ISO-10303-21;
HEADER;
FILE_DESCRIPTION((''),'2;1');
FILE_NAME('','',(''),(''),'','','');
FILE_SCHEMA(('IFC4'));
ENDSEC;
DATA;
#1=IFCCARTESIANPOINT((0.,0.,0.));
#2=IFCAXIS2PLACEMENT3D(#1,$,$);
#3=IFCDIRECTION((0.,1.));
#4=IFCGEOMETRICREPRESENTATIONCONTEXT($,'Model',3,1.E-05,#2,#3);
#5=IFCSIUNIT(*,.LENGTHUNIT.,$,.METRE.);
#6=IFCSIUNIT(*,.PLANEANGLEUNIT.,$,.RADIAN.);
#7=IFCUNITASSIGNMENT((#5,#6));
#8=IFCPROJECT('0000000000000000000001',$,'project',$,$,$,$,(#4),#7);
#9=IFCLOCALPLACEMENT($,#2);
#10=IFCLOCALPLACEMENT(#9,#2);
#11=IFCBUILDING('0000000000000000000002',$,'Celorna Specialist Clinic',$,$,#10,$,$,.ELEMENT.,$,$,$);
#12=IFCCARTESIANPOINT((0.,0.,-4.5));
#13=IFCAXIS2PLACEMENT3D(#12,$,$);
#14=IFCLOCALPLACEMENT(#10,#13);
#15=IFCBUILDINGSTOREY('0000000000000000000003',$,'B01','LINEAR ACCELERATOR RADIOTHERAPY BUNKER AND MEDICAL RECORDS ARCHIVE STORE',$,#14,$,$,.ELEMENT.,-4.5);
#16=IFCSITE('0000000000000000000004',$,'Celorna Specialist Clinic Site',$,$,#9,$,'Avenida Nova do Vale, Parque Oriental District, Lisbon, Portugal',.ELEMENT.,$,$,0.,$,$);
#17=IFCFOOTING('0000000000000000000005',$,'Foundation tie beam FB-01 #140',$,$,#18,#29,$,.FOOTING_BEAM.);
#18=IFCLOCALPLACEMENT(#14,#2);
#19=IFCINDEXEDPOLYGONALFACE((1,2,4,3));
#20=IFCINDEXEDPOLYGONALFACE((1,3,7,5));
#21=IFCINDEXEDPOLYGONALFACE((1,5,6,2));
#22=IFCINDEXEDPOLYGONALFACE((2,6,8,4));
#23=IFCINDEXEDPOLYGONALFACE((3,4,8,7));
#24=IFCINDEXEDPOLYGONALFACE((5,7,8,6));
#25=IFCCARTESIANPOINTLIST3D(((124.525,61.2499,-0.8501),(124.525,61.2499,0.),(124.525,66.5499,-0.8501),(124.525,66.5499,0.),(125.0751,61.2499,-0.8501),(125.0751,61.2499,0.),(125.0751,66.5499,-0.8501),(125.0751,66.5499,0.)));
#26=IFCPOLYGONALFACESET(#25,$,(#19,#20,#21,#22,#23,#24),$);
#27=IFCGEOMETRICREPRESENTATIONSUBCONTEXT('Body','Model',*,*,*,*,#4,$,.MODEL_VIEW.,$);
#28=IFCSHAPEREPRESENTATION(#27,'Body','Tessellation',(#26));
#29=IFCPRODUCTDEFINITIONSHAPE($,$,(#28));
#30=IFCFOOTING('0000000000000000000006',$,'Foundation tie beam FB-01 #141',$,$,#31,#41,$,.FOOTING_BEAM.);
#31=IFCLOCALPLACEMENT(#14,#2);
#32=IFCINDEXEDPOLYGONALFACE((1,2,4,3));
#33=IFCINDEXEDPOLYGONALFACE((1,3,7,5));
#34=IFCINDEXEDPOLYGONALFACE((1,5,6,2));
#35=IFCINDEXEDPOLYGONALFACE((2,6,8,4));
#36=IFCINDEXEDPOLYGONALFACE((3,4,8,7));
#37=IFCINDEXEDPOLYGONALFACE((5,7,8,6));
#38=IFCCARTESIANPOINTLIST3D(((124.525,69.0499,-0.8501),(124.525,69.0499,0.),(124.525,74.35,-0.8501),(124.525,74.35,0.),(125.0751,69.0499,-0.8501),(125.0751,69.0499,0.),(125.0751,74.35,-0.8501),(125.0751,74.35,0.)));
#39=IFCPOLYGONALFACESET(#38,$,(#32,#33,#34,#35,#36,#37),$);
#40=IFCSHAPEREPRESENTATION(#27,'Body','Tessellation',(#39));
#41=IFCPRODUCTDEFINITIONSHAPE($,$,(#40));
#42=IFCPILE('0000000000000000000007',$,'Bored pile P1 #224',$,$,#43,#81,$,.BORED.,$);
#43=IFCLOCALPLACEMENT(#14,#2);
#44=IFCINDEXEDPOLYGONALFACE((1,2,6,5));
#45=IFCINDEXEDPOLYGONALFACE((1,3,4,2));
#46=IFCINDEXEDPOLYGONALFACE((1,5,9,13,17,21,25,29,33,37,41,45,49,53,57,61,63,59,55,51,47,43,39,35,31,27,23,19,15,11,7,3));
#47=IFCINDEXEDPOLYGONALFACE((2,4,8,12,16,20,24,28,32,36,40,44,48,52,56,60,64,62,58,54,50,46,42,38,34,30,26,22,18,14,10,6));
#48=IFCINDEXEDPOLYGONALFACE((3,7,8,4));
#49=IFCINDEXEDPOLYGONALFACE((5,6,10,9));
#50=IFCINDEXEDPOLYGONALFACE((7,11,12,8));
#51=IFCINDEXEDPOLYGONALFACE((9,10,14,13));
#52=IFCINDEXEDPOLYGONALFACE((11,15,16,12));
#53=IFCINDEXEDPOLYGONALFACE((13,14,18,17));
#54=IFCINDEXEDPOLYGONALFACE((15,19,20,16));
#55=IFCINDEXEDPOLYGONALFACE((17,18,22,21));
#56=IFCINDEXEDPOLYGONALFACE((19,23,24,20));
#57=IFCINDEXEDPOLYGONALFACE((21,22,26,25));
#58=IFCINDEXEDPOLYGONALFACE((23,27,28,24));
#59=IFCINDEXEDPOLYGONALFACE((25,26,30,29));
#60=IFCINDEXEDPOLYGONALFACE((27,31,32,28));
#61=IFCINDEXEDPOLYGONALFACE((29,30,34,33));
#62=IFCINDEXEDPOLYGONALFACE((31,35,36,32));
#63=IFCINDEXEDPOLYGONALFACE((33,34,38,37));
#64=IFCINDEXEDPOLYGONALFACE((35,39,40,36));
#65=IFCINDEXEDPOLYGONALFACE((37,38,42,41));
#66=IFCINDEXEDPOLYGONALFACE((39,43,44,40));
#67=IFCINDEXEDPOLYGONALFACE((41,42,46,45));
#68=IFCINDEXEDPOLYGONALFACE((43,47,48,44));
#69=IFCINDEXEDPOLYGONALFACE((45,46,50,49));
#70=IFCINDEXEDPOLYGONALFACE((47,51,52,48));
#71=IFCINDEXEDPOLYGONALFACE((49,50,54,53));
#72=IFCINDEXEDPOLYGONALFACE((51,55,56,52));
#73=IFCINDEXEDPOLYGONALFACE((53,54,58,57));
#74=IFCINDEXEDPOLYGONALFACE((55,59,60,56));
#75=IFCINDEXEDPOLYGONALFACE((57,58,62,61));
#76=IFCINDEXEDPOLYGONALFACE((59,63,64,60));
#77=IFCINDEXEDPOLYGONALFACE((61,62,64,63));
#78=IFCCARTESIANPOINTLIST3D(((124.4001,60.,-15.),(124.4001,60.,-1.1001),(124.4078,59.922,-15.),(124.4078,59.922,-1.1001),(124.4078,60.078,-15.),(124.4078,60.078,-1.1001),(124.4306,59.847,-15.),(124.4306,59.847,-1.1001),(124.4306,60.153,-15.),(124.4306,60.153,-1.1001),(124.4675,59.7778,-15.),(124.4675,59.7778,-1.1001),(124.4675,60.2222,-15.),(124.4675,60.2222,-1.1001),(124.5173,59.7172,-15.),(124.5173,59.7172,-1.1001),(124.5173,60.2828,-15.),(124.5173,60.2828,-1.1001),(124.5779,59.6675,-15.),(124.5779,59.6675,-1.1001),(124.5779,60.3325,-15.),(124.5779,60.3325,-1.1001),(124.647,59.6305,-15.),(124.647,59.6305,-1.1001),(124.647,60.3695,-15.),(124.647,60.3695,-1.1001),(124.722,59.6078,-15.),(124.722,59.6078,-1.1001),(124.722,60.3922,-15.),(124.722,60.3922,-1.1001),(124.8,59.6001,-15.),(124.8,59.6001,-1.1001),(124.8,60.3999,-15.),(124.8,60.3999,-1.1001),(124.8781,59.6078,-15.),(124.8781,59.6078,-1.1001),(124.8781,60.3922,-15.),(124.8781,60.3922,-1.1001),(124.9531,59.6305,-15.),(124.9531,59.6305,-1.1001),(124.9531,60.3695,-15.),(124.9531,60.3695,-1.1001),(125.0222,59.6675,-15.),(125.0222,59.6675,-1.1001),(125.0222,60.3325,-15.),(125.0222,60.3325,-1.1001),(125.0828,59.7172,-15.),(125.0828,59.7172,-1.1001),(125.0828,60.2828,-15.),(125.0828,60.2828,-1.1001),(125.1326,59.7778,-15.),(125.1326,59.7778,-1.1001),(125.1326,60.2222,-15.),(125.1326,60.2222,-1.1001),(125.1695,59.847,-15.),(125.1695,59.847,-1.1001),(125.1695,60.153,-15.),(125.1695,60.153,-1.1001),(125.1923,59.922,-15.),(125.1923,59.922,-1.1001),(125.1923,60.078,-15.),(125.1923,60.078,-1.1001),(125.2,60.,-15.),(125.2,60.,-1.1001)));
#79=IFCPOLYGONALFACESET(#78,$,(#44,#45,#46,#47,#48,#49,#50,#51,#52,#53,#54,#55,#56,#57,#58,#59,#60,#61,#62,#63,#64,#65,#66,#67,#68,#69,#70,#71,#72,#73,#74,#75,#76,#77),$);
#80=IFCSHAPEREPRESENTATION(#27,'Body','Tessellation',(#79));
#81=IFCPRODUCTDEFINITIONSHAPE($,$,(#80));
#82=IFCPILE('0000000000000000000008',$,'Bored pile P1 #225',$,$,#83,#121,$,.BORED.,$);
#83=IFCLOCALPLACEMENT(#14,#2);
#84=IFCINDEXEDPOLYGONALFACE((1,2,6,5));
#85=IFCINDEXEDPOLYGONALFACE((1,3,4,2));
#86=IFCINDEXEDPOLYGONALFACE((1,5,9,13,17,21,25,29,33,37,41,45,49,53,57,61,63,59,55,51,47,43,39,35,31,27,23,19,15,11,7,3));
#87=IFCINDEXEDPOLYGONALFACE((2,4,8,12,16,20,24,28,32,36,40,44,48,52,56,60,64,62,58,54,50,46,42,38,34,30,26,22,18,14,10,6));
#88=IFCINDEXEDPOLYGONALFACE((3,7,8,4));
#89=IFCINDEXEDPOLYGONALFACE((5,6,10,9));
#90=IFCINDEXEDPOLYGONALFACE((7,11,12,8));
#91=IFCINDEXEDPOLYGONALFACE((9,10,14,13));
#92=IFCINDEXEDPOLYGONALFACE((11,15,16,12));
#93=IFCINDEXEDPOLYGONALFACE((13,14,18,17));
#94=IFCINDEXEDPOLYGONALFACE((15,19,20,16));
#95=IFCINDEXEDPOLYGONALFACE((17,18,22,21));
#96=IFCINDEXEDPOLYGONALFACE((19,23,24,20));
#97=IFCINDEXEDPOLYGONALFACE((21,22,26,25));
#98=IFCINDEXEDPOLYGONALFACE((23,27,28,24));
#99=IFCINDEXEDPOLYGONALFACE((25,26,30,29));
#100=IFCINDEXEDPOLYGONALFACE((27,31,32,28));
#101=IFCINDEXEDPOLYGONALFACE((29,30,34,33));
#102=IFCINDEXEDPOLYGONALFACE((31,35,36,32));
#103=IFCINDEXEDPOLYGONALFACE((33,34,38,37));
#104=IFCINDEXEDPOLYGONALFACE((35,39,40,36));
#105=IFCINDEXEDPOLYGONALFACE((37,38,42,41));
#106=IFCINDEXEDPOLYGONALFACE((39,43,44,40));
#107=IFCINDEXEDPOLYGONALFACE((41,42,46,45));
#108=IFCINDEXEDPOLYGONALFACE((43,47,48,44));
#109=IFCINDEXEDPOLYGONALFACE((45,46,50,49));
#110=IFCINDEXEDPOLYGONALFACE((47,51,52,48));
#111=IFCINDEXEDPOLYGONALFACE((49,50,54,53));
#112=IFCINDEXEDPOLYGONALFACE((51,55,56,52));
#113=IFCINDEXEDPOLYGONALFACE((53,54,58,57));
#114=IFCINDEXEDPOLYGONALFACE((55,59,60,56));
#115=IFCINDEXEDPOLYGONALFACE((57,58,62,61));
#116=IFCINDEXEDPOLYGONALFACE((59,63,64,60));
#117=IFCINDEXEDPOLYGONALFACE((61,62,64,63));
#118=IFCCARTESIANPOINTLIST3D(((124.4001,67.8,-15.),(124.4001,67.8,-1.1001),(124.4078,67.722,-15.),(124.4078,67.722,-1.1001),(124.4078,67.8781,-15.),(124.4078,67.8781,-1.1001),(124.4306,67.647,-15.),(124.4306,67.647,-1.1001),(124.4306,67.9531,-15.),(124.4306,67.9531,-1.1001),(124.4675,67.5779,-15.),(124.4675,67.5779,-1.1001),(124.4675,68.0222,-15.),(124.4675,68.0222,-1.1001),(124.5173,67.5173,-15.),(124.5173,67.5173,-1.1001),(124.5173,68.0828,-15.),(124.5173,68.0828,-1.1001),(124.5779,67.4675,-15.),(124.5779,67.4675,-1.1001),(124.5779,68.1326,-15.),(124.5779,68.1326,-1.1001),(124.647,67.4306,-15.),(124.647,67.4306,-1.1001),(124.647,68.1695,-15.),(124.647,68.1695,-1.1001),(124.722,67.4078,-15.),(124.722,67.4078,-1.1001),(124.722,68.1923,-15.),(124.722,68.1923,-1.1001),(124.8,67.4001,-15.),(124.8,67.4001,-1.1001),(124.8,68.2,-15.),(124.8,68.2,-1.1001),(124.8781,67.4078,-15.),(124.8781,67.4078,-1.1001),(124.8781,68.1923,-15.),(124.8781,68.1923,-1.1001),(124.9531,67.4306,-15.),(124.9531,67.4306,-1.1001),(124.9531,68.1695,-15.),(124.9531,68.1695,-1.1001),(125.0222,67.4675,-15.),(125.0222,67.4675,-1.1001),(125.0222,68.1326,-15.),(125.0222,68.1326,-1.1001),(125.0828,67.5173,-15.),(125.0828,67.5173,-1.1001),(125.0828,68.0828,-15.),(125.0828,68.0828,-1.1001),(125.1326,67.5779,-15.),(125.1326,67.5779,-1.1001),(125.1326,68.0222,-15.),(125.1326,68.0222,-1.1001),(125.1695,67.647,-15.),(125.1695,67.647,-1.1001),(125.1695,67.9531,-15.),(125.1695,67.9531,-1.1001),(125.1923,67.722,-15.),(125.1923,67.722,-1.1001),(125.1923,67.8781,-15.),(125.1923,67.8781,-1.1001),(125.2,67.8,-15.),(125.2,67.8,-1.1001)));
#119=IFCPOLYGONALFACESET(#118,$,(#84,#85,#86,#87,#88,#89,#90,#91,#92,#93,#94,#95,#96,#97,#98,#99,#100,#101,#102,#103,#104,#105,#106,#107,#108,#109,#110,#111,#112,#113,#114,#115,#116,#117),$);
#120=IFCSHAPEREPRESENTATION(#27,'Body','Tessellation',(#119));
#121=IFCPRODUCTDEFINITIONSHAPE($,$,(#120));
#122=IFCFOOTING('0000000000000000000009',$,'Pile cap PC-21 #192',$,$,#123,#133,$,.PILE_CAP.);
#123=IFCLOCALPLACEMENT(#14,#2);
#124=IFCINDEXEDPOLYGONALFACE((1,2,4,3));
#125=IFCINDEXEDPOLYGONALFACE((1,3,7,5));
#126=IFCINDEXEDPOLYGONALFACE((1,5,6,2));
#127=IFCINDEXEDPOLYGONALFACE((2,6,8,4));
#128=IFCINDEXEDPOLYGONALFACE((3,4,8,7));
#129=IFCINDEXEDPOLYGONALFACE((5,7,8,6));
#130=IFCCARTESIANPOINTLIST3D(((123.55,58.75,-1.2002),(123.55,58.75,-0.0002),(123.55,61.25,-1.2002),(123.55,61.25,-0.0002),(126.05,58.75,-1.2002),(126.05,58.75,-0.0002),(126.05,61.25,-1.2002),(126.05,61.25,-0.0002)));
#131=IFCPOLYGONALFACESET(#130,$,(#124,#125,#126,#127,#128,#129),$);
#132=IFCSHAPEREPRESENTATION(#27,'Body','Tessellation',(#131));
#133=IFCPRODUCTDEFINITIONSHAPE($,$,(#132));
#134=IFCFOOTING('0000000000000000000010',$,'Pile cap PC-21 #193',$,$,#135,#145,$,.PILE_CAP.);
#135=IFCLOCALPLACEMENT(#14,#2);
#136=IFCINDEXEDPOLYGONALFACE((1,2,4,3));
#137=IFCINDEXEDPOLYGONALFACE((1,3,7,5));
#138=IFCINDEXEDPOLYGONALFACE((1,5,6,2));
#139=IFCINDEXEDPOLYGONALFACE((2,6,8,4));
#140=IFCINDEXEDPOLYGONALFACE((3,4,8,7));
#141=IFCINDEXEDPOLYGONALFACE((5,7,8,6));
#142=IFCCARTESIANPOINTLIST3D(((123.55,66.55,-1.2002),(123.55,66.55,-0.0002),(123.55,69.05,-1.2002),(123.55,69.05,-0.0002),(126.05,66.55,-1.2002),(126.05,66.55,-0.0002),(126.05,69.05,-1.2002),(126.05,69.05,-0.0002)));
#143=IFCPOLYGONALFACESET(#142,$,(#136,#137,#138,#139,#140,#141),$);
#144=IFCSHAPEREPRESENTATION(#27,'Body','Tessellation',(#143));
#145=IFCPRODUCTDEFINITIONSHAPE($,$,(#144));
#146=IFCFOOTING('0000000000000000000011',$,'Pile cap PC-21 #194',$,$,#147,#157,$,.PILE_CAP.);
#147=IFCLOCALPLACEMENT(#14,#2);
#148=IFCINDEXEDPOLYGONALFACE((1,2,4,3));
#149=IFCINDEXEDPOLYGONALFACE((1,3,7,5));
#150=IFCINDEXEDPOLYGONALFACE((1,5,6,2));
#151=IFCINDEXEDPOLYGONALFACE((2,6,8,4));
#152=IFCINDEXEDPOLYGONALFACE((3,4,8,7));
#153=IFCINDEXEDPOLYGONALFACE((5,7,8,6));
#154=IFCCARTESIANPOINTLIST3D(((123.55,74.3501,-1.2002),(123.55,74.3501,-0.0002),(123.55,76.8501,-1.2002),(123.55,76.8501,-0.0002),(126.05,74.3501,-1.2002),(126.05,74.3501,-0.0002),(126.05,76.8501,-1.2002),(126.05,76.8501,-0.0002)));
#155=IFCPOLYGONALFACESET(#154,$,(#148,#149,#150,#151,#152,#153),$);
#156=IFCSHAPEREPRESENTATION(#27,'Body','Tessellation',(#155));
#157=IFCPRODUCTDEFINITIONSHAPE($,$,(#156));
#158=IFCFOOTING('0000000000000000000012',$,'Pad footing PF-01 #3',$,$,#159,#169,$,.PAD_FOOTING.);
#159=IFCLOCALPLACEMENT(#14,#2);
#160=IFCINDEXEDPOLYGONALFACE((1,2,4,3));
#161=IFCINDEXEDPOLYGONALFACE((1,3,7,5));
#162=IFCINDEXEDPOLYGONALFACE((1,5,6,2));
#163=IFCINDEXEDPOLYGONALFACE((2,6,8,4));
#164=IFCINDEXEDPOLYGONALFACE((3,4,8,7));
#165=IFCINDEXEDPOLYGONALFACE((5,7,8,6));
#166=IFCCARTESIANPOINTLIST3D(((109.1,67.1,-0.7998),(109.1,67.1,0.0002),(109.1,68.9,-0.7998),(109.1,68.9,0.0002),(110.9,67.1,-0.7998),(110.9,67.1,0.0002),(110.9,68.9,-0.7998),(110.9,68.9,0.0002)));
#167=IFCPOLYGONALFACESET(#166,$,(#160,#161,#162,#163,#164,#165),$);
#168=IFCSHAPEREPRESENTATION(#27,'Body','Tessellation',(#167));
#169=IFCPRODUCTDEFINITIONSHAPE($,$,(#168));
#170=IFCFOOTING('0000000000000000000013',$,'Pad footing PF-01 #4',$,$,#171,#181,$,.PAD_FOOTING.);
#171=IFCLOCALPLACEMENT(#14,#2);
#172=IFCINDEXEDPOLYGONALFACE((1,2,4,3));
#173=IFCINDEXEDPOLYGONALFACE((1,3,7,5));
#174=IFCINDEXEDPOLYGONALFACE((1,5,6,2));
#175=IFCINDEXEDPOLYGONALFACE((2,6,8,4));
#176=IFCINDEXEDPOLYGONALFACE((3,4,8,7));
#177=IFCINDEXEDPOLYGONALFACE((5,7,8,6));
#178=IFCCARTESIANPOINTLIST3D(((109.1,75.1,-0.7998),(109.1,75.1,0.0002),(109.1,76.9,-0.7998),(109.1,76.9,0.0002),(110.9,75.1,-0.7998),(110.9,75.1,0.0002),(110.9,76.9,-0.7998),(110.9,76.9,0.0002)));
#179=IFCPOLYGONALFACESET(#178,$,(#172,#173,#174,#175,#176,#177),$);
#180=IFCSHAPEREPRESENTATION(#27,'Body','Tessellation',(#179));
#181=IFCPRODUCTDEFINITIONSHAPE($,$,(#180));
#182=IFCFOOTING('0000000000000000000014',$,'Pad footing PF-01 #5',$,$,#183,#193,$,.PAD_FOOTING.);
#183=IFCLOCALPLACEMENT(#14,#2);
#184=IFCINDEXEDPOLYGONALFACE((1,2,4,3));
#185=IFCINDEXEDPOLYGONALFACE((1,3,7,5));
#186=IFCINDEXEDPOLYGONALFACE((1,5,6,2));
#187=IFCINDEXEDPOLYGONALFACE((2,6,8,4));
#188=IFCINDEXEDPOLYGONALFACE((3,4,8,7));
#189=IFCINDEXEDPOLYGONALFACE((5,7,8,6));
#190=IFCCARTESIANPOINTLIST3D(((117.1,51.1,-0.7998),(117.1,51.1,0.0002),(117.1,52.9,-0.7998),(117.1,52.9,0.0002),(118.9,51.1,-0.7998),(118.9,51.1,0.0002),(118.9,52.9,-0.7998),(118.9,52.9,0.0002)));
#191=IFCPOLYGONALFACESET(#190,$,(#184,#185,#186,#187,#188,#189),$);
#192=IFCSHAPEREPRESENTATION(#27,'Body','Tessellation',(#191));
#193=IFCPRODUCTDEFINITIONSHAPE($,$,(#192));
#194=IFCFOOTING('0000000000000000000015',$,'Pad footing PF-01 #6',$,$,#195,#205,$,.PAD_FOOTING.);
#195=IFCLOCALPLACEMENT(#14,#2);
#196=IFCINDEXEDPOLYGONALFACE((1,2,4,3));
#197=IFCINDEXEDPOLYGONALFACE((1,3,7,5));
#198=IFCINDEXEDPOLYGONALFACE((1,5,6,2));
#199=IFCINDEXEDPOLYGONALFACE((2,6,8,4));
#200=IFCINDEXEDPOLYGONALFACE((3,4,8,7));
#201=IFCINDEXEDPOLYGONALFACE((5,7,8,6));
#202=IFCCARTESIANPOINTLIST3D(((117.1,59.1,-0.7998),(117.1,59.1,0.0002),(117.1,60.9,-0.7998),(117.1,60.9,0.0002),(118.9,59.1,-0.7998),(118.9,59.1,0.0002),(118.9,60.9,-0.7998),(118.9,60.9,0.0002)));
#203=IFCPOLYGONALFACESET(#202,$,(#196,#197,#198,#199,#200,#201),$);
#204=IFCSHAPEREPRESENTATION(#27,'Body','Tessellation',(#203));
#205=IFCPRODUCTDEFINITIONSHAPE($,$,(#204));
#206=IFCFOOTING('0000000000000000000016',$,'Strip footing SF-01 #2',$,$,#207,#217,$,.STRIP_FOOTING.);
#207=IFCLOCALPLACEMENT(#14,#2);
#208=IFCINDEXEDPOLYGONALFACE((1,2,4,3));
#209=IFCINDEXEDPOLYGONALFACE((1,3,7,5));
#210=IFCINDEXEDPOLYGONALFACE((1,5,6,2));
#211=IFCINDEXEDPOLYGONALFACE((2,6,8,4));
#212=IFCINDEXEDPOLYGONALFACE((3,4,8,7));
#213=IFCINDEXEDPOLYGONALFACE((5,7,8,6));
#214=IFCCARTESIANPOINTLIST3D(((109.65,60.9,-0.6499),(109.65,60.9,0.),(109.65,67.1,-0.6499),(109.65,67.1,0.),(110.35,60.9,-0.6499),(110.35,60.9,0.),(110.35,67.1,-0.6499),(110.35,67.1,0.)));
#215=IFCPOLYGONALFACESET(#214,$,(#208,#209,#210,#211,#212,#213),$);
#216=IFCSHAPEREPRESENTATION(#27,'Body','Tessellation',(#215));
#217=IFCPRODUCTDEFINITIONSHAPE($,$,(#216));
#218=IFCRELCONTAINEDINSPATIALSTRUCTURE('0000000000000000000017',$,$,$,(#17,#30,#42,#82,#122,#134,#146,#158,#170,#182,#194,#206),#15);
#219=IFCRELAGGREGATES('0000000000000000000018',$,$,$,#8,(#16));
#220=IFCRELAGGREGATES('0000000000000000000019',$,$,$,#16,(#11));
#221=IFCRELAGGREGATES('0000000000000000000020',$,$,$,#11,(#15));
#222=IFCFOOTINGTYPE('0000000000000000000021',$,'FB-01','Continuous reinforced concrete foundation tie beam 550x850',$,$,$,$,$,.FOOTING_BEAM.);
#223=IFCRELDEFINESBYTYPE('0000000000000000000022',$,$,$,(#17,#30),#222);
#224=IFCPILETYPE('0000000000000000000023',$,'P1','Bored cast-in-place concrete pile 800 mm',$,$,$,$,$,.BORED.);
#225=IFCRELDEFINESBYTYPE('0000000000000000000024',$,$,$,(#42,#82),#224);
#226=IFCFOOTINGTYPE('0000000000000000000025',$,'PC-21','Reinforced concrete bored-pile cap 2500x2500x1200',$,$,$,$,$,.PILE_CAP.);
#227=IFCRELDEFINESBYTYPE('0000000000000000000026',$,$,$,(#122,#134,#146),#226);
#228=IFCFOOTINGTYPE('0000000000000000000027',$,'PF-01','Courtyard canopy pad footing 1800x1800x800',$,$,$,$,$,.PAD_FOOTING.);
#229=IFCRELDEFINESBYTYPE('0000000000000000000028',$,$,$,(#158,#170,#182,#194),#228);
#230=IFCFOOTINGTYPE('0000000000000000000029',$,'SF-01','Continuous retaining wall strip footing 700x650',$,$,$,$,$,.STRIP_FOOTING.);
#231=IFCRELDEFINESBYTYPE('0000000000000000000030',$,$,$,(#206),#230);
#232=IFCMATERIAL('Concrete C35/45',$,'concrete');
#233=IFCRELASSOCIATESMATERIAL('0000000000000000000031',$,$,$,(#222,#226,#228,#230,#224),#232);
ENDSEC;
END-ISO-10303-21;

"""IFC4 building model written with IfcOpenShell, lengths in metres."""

from ifc_helpers import new_model, si_unit, direction, frame, origin, origin_2d, place, context, subcontext, project, spatial, rectangle, circle, extrude, material, material_profile, profile_set, type_object, element, save


model = new_model("IFC4")

# Units and contexts
model_context = context("Model", 3, precision=1e-05, world=origin(), true_north=direction((0.0, 1.0)))
body_context = subcontext(model_context, "Body", "Model", "MODEL_VIEW")
ifc_project = project(units=[si_unit("LENGTHUNIT", "METRE"), si_unit("PLANEANGLEUNIT", "RADIAN")], contexts=[model_context])

# Site, building, storey
site_placement = place(None, origin())
site = spatial("IfcSite", under=ifc_project, at=site_placement, Name="Celorna Specialist Clinic Site", LongName="Avenida Nova do Vale, Parque Oriental District, Lisbon, Portugal", CompositionType="ELEMENT", RefElevation=0.0)
building_placement = place(site_placement, origin())
building = spatial("IfcBuilding", under=site, at=building_placement, Name="Celorna Specialist Clinic", CompositionType="ELEMENT")
storey_placement = place(building_placement, frame((0.0, 0.0, -4.5)))
storey = spatial("IfcBuildingStorey", under=building, at=storey_placement, Name="B01", Description="LINEAR ACCELERATOR RADIOTHERAPY BUNKER AND MEDICAL RECORDS ARCHIVE STORE", CompositionType="ELEMENT", Elevation=-4.5)

# Footings
ifc_material_1 = material(Name="Concrete C35/45", Category="concrete")
footing_type_1 = type_object("IfcFootingType", Name="FB-01", Description="Continuous reinforced concrete foundation tie beam 550x850", PredefinedType="FOOTING_BEAM", material=ifc_material_1)
for number, where, z_axis, x_axis, name in (
    (1, (124.8, 63.8999, -0.8501), (0.0, 0.0, 1.0), (0.0, 1.0, 0.0), "Foundation tie beam FB-01 #140"),
    (2, (124.8, 71.7, -0.8501), (0.0, 0.0, 1.0), (0.0, 1.0, 0.0), "Foundation tie beam FB-01 #141"),
):
    element("IfcFooting", number, at=place(storey_placement, frame(where, z_axis=z_axis, x_axis=x_axis)), inside=storey, type_object=footing_type_1, Name=name, PredefinedType="FOOTING_BEAM", context=body_context, shape_type="SweptSolid", body=[
        extrude(rectangle(XDim=5.3, YDim=0.55, at=origin_2d()), origin(), (0.0, 0.0, 1.0), 0.8501),
    ])

# Piles
ifc_material_profile_1 = material_profile(ifc_material_1, circle(Radius=0.3999, at=origin_2d()), Name="BORED PILE 800")
ifc_profile_set_1 = profile_set([ifc_material_profile_1], Name="Concrete C35/45")
pile_type = type_object("IfcPileType", Name="P1", Description="Bored cast-in-place concrete pile 800 mm", PredefinedType="BORED", material=ifc_profile_set_1)
for number, where, z_axis, x_axis, name in (
    (3, (124.8, 60.0, -1.1001), (0.0, 0.0, -1.0), (1.0, 0.0, 0.0), "Bored pile P1 #224"),
    (4, (124.8, 67.8, -1.1001), (0.0, 0.0, -1.0), (1.0, 0.0, 0.0), "Bored pile P1 #225"),
):
    element("IfcPile", number, at=place(storey_placement, frame(where, z_axis=z_axis, x_axis=x_axis)), inside=storey, type_object=pile_type, Name=name, PredefinedType="BORED", context=body_context, shape_type="SweptSolid", body=[
        extrude(circle(Radius=0.3999, at=origin_2d()), origin(), (0.0, 0.0, 1.0), 13.8999),
    ])

# Footings
footing_type_2 = type_object("IfcFootingType", Name="PC-21", Description="Reinforced concrete bored-pile cap 2500x2500x1200", PredefinedType="PILE_CAP", material=ifc_material_1)
for number, where, z_axis, x_axis, name in (
    (5, (124.8, 60.0, -1.2002), (0.0, 0.0, 1.0), (1.0, 0.0, 0.0), "Pile cap PC-21 #192"),
    (6, (124.8, 67.8, -1.2002), (0.0, 0.0, 1.0), (1.0, 0.0, 0.0), "Pile cap PC-21 #193"),
    (7, (124.8, 75.6001, -1.2002), (0.0, 0.0, 1.0), (1.0, 0.0, 0.0), "Pile cap PC-21 #194"),
):
    element("IfcFooting", number, at=place(storey_placement, frame(where, z_axis=z_axis, x_axis=x_axis)), inside=storey, type_object=footing_type_2, Name=name, PredefinedType="PILE_CAP", context=body_context, shape_type="SweptSolid", body=[
        extrude(rectangle(XDim=2.5, YDim=2.5, at=origin_2d()), origin(), (0.0, 0.0, 1.0), 1.2),
    ])
footing_type_3 = type_object("IfcFootingType", Name="PF-01", Description="Courtyard canopy pad footing 1800x1800x800", PredefinedType="PAD_FOOTING", material=ifc_material_1)
for number, where, z_axis, x_axis, name in (
    (8, (110.0, 68.0, -0.7998), (0.0, 0.0, 1.0), (1.0, 0.0, 0.0), "Pad footing PF-01 #3"),
    (9, (110.0, 76.0, -0.7998), (0.0, 0.0, 1.0), (1.0, 0.0, 0.0), "Pad footing PF-01 #4"),
    (10, (118.0, 52.0, -0.7998), (0.0, 0.0, 1.0), (1.0, 0.0, 0.0), "Pad footing PF-01 #5"),
    (11, (118.0, 60.0, -0.7998), (0.0, 0.0, 1.0), (1.0, 0.0, 0.0), "Pad footing PF-01 #6"),
):
    element("IfcFooting", number, at=place(storey_placement, frame(where, z_axis=z_axis, x_axis=x_axis)), inside=storey, type_object=footing_type_3, Name=name, PredefinedType="PAD_FOOTING", context=body_context, shape_type="SweptSolid", body=[
        extrude(rectangle(XDim=1.8, YDim=1.8, at=origin_2d()), origin(), (0.0, 0.0, 1.0), 0.8),
    ])
footing_type_4 = type_object("IfcFootingType", Name="SF-01", Description="Continuous retaining wall strip footing 700x650", PredefinedType="STRIP_FOOTING", material=ifc_material_1)
for number, where, z_axis, x_axis, name in (
    (12, (110.0, 64.0, -0.6499), (0.0, 0.0, 1.0), (0.0, 1.0, 0.0), "Strip footing SF-01 #2"),
):
    element("IfcFooting", number, at=place(storey_placement, frame(where, z_axis=z_axis, x_axis=x_axis)), inside=storey, type_object=footing_type_4, Name=name, PredefinedType="STRIP_FOOTING", context=body_context, shape_type="SweptSolid", body=[
        extrude(rectangle(XDim=6.2, YDim=0.7, at=origin_2d()), origin(), (0.0, 0.0, 1.0), 0.6499),
    ])

save(model, "model.ifc")
